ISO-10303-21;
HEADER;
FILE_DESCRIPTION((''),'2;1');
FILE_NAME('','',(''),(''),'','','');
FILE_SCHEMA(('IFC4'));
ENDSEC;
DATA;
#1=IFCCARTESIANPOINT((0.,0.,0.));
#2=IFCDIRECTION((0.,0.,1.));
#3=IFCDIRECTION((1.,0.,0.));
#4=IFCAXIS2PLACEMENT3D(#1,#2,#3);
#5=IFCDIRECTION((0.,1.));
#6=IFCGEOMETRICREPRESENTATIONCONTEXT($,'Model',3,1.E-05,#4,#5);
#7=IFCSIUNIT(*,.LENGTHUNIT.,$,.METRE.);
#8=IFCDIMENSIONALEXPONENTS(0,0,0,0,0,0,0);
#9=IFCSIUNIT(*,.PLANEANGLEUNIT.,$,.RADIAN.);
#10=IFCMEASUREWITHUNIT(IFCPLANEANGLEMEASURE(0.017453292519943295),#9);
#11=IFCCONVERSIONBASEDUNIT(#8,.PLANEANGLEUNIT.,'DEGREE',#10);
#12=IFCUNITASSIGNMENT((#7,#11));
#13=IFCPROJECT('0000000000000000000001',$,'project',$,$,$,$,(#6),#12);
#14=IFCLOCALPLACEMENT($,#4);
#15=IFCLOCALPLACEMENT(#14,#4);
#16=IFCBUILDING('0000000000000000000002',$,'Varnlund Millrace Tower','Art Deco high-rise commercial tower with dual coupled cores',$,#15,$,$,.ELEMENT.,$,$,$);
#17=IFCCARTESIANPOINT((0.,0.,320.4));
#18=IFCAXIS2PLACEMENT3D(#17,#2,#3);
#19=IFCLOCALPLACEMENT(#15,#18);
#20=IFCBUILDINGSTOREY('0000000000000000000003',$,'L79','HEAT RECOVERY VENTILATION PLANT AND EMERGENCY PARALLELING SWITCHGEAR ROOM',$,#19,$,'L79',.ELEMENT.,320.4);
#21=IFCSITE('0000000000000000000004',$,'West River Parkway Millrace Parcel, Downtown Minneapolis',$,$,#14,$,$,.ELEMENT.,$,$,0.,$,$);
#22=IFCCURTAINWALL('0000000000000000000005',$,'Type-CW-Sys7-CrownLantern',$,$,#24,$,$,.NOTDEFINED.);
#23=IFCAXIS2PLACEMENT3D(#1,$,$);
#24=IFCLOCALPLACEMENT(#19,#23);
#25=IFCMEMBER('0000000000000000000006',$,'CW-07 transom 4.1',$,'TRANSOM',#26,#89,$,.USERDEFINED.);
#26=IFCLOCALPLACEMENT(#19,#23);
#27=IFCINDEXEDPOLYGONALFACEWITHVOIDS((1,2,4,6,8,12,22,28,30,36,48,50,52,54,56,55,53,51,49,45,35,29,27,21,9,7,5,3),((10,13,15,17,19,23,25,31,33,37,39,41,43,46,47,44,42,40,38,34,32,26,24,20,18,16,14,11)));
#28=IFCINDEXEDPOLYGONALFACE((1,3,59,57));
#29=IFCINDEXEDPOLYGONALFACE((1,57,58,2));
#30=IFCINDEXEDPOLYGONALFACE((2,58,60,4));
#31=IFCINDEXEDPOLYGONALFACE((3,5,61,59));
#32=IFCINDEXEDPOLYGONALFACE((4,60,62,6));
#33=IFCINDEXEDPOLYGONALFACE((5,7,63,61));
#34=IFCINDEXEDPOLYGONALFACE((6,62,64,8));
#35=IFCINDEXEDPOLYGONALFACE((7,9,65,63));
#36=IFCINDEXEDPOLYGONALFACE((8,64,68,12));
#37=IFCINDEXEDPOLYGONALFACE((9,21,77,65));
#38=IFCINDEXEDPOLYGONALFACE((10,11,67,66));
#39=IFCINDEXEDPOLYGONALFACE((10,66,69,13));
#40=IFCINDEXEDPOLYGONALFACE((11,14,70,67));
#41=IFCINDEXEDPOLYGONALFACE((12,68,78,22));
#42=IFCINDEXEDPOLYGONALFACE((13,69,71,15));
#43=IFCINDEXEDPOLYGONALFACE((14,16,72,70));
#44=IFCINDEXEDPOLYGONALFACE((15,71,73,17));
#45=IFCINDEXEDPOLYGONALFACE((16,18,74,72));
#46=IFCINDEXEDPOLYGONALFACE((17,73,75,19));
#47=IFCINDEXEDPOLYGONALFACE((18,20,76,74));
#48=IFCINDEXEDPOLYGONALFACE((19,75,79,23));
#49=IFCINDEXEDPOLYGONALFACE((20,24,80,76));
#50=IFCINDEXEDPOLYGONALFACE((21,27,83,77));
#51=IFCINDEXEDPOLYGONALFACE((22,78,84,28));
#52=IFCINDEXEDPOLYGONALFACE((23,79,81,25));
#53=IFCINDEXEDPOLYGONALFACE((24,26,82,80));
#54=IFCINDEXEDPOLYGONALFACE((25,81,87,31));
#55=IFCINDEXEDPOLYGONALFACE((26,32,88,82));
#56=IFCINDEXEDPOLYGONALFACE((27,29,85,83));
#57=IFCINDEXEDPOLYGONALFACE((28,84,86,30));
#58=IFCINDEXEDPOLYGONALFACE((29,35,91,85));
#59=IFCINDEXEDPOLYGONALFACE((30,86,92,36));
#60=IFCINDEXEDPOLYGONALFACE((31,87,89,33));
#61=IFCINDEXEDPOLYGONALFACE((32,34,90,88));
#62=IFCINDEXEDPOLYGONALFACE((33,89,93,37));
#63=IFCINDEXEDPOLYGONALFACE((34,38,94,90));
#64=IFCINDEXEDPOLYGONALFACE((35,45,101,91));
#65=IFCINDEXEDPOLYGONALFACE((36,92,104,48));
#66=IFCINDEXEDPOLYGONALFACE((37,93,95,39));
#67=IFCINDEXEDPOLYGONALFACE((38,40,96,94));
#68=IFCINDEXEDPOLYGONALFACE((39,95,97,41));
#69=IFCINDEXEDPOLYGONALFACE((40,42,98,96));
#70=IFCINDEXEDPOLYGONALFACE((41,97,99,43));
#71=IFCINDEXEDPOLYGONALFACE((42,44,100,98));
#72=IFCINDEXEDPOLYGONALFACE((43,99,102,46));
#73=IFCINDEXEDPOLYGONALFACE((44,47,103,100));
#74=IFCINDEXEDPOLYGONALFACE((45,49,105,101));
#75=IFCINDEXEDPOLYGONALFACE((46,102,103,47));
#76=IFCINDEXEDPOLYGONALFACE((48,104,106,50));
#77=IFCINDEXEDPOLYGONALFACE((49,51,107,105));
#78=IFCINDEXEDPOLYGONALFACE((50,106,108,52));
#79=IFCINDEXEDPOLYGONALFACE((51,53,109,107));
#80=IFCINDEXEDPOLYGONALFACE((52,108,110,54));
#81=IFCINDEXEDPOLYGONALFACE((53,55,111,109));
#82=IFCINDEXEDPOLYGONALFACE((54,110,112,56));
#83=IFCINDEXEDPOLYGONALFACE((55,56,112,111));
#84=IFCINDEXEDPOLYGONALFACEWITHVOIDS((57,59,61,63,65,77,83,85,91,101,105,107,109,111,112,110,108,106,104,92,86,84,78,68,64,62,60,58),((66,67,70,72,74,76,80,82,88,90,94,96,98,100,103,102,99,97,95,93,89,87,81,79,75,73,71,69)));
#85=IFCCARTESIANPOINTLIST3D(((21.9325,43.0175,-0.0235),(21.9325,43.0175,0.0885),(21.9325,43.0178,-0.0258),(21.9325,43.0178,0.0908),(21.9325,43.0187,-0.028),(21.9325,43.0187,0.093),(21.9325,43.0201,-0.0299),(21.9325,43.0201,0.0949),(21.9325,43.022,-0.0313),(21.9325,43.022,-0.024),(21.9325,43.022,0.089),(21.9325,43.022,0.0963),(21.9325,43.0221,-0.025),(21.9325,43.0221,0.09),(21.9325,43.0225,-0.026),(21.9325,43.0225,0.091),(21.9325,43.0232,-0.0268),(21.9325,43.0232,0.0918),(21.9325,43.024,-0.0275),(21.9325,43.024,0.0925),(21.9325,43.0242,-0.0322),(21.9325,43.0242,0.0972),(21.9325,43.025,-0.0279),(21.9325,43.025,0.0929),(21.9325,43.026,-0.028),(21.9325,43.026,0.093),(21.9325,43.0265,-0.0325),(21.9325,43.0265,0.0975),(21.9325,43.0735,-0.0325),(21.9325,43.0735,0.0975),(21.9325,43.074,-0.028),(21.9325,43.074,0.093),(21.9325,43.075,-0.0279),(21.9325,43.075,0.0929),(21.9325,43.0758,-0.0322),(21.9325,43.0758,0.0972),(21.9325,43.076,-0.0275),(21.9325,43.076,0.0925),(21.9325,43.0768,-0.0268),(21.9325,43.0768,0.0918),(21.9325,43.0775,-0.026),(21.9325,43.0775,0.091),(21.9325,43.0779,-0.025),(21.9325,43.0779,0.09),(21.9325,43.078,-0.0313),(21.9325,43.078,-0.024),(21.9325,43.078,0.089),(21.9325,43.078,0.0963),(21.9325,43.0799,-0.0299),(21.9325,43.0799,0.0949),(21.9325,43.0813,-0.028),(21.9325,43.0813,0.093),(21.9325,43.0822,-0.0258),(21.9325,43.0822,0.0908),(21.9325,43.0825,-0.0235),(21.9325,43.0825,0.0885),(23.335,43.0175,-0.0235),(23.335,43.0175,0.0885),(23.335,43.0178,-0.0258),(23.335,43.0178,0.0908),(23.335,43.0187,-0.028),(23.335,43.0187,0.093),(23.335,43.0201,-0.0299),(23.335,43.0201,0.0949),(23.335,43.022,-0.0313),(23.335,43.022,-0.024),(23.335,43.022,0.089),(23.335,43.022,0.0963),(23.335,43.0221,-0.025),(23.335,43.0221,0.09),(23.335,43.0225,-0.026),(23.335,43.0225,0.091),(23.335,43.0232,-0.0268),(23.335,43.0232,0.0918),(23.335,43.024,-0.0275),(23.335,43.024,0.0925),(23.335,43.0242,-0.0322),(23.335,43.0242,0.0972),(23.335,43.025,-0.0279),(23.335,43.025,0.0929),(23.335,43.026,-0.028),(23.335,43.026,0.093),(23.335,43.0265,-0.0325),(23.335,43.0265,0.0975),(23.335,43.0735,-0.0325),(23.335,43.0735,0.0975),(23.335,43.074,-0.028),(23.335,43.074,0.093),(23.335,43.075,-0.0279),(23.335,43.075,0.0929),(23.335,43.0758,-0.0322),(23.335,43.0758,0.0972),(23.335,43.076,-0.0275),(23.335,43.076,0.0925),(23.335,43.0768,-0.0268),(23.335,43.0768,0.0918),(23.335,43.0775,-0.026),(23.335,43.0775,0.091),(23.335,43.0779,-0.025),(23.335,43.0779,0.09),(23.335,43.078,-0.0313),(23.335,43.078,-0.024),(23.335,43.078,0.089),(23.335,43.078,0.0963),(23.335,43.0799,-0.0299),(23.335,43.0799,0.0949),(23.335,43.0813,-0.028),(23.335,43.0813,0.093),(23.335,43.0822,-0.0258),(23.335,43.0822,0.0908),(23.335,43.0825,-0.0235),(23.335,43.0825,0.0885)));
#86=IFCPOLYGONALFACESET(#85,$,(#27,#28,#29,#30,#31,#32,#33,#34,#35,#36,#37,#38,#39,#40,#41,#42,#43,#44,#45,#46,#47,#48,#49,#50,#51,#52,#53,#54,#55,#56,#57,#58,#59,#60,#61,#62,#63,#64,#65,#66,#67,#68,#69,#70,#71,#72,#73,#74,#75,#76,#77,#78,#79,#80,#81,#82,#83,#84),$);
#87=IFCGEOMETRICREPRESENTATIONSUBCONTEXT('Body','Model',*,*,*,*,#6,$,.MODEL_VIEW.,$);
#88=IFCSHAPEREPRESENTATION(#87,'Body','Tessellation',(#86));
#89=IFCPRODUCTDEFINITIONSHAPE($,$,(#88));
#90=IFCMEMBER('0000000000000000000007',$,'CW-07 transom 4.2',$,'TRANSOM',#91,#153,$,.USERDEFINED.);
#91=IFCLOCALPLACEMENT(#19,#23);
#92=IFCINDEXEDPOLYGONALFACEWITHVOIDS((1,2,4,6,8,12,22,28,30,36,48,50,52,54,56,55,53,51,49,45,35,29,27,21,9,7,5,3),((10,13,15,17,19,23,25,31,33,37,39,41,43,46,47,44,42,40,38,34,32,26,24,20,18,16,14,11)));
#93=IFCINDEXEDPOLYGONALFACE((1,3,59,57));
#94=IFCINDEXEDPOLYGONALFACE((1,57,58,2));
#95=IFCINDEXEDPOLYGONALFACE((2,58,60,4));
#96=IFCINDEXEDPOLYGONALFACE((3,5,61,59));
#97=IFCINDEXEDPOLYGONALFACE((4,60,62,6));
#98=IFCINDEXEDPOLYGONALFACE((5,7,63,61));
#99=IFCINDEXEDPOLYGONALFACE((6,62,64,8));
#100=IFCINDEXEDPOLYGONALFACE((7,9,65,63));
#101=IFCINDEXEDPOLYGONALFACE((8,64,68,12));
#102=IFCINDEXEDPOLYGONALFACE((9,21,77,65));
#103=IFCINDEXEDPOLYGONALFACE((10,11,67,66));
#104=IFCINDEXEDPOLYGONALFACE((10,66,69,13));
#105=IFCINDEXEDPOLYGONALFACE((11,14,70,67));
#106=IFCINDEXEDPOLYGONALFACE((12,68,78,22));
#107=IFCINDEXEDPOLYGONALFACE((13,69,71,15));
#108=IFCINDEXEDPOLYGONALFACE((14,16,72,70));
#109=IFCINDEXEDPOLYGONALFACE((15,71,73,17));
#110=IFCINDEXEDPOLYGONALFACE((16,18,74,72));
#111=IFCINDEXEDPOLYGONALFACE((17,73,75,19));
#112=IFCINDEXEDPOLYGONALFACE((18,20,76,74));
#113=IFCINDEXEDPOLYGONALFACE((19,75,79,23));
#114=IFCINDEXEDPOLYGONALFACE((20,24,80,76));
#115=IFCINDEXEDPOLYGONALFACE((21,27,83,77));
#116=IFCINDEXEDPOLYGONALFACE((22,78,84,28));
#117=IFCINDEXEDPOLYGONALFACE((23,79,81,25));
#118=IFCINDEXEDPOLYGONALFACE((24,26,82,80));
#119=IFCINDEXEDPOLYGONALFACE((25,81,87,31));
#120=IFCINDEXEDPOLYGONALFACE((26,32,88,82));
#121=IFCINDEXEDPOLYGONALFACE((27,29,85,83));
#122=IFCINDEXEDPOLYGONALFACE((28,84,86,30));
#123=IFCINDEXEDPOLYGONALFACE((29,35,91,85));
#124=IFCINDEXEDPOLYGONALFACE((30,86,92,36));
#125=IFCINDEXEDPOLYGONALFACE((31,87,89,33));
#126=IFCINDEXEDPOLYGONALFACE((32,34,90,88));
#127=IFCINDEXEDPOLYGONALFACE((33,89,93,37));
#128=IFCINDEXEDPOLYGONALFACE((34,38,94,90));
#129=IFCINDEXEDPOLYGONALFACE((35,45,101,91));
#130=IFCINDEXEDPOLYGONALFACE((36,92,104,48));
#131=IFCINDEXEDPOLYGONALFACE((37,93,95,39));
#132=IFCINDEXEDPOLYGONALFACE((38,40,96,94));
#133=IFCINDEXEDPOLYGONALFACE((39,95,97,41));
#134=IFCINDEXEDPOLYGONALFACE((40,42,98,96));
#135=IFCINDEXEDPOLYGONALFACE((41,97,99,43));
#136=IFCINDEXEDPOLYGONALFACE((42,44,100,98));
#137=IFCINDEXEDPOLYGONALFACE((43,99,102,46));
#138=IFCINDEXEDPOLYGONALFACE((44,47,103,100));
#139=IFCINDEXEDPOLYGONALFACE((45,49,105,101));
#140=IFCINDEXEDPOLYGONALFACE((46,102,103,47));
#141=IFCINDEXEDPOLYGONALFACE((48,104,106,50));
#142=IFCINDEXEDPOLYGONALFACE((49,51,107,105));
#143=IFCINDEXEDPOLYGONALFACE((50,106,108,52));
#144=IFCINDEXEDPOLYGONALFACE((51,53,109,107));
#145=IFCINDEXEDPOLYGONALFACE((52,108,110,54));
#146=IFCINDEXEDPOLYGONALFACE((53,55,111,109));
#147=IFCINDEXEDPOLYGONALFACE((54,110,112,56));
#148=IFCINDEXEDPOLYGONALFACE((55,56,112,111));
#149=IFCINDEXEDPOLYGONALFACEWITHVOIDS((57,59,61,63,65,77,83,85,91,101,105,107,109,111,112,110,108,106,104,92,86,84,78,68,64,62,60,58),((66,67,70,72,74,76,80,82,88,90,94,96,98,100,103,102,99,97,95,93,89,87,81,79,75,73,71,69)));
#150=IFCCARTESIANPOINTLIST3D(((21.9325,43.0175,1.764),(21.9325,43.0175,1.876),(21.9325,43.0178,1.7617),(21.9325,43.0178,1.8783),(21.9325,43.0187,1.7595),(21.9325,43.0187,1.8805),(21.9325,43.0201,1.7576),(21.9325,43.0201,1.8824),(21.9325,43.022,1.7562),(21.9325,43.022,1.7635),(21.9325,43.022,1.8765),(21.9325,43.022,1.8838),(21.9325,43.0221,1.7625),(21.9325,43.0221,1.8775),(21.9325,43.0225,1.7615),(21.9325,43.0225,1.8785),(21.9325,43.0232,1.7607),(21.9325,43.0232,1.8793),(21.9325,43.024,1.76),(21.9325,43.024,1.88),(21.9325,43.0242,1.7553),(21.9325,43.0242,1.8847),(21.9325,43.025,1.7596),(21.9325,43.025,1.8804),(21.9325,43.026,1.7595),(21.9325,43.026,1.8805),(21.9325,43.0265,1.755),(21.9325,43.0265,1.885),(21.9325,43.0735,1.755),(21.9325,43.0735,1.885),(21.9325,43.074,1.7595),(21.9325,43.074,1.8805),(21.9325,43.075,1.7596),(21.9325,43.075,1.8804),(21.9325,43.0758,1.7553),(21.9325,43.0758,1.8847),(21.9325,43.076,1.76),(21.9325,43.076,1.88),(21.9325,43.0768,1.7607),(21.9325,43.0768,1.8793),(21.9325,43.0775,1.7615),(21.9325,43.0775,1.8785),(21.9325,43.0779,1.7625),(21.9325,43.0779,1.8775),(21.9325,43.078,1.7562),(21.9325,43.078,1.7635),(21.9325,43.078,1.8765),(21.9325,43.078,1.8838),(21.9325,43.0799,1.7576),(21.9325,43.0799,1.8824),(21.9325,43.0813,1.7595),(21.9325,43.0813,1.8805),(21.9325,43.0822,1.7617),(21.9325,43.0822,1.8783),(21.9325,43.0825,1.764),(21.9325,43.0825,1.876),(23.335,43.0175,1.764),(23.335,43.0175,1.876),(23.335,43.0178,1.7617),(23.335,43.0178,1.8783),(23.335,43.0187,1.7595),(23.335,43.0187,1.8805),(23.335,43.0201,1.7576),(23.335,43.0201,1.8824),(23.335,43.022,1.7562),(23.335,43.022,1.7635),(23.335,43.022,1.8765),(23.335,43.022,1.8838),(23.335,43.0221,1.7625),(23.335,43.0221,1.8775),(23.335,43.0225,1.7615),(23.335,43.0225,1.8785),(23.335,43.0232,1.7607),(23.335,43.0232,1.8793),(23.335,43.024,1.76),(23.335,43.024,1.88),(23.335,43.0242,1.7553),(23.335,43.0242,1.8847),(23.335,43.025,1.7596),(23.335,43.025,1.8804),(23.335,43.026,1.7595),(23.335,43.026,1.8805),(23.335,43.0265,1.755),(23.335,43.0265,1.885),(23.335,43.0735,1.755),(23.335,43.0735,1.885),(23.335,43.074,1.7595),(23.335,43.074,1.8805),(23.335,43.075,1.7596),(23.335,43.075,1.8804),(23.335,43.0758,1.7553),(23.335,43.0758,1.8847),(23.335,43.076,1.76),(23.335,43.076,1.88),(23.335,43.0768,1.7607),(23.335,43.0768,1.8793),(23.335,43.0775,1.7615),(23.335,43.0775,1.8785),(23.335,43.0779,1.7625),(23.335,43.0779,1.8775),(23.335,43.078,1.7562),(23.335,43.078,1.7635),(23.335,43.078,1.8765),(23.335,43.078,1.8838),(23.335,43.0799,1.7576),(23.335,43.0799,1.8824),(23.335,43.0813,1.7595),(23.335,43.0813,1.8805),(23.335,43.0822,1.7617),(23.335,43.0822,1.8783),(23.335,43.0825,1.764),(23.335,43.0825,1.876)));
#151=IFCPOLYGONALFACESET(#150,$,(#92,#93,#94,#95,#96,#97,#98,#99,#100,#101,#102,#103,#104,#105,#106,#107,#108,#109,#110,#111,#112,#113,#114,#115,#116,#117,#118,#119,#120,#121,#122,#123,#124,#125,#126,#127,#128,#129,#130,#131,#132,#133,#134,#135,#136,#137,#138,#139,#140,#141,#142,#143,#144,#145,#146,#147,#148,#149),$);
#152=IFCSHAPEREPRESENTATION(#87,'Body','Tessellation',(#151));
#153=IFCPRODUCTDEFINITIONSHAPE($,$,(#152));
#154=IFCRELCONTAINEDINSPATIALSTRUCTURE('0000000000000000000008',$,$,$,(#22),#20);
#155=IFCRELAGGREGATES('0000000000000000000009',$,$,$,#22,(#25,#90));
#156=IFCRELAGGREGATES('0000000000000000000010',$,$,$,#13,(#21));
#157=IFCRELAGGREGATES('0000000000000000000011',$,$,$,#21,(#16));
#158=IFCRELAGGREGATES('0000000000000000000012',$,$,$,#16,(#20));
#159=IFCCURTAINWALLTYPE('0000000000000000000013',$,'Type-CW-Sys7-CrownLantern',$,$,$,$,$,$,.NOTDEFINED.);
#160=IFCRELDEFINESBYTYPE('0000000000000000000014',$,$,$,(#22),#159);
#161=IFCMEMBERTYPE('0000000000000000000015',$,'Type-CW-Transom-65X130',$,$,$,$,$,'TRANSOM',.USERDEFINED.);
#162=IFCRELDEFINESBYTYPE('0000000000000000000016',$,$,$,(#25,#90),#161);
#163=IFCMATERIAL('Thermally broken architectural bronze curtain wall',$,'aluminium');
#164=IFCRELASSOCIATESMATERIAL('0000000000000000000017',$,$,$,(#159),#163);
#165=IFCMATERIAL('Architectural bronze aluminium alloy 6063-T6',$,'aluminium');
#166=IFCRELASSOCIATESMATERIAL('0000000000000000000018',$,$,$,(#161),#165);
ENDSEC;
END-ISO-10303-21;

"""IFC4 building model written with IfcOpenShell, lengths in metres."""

from ifc_helpers import new_model, entity, si_unit, converted_unit, direction, frame, origin_with_axes, origin_2d_with_axis, place, context, subcontext, project, spatial, hollow_rectangle, extrude, material, material_profile, profile_set, type_object, element, aggregate, save


model = new_model("IFC4")

# Units and contexts
model_context = context("Model", 3, precision=1e-05, world=origin_with_axes(), true_north=direction((0.0, 1.0)))
body_context = subcontext(model_context, "Body", "Model", "MODEL_VIEW")
ifc_project = project(units=[si_unit("LENGTHUNIT", "METRE"), converted_unit("PLANEANGLEUNIT", "DEGREE", entity("IfcPlaneAngleMeasure", 0.017453292519943295), si_unit("PLANEANGLEUNIT", "RADIAN"), dimensions=[0, 0, 0, 0, 0, 0, 0])], contexts=[model_context])

# Site, building, storey
site_placement = place(None, origin_with_axes())
site = spatial("IfcSite", under=ifc_project, at=site_placement, Name="West River Parkway Millrace Parcel, Downtown Minneapolis", CompositionType="ELEMENT", RefElevation=0.0)
building_placement = place(site_placement, origin_with_axes())
building = spatial("IfcBuilding", under=site, at=building_placement, Name="Varnlund Millrace Tower", Description="Art Deco high-rise commercial tower with dual coupled cores", CompositionType="ELEMENT")
storey_placement = place(building_placement, frame((0.0, 0.0, 320.4), z_axis=(0.0, 0.0, 1.0), x_axis=(1.0, 0.0, 0.0)))
storey = spatial("IfcBuildingStorey", under=building, at=storey_placement, Name="L79", Description="HEAT RECOVERY VENTILATION PLANT AND EMERGENCY PARALLELING SWITCHGEAR ROOM", LongName="L79", CompositionType="ELEMENT", Elevation=320.4)

# Curtain wall, members
ifc_material_1 = material(Name="Thermally broken architectural bronze curtain wall", Category="aluminium")
curtain_wall_type = type_object("IfcCurtainWallType", Name="Type-CW-Sys7-CrownLantern", PredefinedType="NOTDEFINED", material=ifc_material_1)
ifc_material_2 = material(Name="Architectural bronze aluminium alloy 6063-T6", Category="aluminium")
ifc_material_profile_1 = material_profile(ifc_material_2, hollow_rectangle(XDim=0.065, YDim=0.13, WallThickness=0.0045, InnerFilletRadius=0.004, OuterFilletRadius=0.009, at=origin_2d_with_axis()), Name="Architectural bronze aluminium alloy 6063-T6")
ifc_profile_set_1 = profile_set([ifc_material_profile_1], Name="Architectural bronze aluminium alloy 6063-T6")
member_type = type_object("IfcMemberType", Name="Type-CW-Transom-65X130", ElementType="TRANSOM", PredefinedType="USERDEFINED", material=ifc_profile_set_1)
curtain_wall_1_placement = place(storey_placement, frame((17.4, 43.05, 0.0), z_axis=(0.0, 0.0, 1.0), x_axis=(1.0, 0.0, 0.0)))
curtain_wall_1 = element("IfcCurtainWall", 1, at=curtain_wall_1_placement, inside=storey, type_object=curtain_wall_type, Name="Type-CW-Sys7-CrownLantern", PredefinedType="NOTDEFINED")
member_1_placement = place(storey_placement, frame((21.9325, 43.05, 0.0325), z_axis=(1.0, 0.0, 0.0), x_axis=(0.0, 1.0, 0.0)))
member_1 = element("IfcMember", 2, at=member_1_placement, type_object=member_type, Name="CW-07 transom 4.1", ObjectType="TRANSOM", PredefinedType="USERDEFINED", context=body_context, shape_type="SweptSolid", body=[
    extrude(hollow_rectangle(XDim=0.065, YDim=0.13, WallThickness=0.0045, InnerFilletRadius=0.004, OuterFilletRadius=0.009, at=origin_2d_with_axis()), origin_with_axes(), (0.0, 0.0, 1.0), 1.4025),
])
member_2_placement = place(storey_placement, frame((21.9325, 43.05, 1.82), z_axis=(1.0, 0.0, 0.0), x_axis=(0.0, 1.0, 0.0)))
member_2 = element("IfcMember", 3, at=member_2_placement, type_object=member_type, Name="CW-07 transom 4.2", ObjectType="TRANSOM", PredefinedType="USERDEFINED", context=body_context, shape_type="SweptSolid", body=[
    extrude(hollow_rectangle(XDim=0.065, YDim=0.13, WallThickness=0.0045, InnerFilletRadius=0.004, OuterFilletRadius=0.009, at=origin_2d_with_axis()), origin_with_axes(), (0.0, 0.0, 1.0), 1.4025),
])

aggregate(curtain_wall_1, [member_1, member_2])

save(model, "model.ifc")
